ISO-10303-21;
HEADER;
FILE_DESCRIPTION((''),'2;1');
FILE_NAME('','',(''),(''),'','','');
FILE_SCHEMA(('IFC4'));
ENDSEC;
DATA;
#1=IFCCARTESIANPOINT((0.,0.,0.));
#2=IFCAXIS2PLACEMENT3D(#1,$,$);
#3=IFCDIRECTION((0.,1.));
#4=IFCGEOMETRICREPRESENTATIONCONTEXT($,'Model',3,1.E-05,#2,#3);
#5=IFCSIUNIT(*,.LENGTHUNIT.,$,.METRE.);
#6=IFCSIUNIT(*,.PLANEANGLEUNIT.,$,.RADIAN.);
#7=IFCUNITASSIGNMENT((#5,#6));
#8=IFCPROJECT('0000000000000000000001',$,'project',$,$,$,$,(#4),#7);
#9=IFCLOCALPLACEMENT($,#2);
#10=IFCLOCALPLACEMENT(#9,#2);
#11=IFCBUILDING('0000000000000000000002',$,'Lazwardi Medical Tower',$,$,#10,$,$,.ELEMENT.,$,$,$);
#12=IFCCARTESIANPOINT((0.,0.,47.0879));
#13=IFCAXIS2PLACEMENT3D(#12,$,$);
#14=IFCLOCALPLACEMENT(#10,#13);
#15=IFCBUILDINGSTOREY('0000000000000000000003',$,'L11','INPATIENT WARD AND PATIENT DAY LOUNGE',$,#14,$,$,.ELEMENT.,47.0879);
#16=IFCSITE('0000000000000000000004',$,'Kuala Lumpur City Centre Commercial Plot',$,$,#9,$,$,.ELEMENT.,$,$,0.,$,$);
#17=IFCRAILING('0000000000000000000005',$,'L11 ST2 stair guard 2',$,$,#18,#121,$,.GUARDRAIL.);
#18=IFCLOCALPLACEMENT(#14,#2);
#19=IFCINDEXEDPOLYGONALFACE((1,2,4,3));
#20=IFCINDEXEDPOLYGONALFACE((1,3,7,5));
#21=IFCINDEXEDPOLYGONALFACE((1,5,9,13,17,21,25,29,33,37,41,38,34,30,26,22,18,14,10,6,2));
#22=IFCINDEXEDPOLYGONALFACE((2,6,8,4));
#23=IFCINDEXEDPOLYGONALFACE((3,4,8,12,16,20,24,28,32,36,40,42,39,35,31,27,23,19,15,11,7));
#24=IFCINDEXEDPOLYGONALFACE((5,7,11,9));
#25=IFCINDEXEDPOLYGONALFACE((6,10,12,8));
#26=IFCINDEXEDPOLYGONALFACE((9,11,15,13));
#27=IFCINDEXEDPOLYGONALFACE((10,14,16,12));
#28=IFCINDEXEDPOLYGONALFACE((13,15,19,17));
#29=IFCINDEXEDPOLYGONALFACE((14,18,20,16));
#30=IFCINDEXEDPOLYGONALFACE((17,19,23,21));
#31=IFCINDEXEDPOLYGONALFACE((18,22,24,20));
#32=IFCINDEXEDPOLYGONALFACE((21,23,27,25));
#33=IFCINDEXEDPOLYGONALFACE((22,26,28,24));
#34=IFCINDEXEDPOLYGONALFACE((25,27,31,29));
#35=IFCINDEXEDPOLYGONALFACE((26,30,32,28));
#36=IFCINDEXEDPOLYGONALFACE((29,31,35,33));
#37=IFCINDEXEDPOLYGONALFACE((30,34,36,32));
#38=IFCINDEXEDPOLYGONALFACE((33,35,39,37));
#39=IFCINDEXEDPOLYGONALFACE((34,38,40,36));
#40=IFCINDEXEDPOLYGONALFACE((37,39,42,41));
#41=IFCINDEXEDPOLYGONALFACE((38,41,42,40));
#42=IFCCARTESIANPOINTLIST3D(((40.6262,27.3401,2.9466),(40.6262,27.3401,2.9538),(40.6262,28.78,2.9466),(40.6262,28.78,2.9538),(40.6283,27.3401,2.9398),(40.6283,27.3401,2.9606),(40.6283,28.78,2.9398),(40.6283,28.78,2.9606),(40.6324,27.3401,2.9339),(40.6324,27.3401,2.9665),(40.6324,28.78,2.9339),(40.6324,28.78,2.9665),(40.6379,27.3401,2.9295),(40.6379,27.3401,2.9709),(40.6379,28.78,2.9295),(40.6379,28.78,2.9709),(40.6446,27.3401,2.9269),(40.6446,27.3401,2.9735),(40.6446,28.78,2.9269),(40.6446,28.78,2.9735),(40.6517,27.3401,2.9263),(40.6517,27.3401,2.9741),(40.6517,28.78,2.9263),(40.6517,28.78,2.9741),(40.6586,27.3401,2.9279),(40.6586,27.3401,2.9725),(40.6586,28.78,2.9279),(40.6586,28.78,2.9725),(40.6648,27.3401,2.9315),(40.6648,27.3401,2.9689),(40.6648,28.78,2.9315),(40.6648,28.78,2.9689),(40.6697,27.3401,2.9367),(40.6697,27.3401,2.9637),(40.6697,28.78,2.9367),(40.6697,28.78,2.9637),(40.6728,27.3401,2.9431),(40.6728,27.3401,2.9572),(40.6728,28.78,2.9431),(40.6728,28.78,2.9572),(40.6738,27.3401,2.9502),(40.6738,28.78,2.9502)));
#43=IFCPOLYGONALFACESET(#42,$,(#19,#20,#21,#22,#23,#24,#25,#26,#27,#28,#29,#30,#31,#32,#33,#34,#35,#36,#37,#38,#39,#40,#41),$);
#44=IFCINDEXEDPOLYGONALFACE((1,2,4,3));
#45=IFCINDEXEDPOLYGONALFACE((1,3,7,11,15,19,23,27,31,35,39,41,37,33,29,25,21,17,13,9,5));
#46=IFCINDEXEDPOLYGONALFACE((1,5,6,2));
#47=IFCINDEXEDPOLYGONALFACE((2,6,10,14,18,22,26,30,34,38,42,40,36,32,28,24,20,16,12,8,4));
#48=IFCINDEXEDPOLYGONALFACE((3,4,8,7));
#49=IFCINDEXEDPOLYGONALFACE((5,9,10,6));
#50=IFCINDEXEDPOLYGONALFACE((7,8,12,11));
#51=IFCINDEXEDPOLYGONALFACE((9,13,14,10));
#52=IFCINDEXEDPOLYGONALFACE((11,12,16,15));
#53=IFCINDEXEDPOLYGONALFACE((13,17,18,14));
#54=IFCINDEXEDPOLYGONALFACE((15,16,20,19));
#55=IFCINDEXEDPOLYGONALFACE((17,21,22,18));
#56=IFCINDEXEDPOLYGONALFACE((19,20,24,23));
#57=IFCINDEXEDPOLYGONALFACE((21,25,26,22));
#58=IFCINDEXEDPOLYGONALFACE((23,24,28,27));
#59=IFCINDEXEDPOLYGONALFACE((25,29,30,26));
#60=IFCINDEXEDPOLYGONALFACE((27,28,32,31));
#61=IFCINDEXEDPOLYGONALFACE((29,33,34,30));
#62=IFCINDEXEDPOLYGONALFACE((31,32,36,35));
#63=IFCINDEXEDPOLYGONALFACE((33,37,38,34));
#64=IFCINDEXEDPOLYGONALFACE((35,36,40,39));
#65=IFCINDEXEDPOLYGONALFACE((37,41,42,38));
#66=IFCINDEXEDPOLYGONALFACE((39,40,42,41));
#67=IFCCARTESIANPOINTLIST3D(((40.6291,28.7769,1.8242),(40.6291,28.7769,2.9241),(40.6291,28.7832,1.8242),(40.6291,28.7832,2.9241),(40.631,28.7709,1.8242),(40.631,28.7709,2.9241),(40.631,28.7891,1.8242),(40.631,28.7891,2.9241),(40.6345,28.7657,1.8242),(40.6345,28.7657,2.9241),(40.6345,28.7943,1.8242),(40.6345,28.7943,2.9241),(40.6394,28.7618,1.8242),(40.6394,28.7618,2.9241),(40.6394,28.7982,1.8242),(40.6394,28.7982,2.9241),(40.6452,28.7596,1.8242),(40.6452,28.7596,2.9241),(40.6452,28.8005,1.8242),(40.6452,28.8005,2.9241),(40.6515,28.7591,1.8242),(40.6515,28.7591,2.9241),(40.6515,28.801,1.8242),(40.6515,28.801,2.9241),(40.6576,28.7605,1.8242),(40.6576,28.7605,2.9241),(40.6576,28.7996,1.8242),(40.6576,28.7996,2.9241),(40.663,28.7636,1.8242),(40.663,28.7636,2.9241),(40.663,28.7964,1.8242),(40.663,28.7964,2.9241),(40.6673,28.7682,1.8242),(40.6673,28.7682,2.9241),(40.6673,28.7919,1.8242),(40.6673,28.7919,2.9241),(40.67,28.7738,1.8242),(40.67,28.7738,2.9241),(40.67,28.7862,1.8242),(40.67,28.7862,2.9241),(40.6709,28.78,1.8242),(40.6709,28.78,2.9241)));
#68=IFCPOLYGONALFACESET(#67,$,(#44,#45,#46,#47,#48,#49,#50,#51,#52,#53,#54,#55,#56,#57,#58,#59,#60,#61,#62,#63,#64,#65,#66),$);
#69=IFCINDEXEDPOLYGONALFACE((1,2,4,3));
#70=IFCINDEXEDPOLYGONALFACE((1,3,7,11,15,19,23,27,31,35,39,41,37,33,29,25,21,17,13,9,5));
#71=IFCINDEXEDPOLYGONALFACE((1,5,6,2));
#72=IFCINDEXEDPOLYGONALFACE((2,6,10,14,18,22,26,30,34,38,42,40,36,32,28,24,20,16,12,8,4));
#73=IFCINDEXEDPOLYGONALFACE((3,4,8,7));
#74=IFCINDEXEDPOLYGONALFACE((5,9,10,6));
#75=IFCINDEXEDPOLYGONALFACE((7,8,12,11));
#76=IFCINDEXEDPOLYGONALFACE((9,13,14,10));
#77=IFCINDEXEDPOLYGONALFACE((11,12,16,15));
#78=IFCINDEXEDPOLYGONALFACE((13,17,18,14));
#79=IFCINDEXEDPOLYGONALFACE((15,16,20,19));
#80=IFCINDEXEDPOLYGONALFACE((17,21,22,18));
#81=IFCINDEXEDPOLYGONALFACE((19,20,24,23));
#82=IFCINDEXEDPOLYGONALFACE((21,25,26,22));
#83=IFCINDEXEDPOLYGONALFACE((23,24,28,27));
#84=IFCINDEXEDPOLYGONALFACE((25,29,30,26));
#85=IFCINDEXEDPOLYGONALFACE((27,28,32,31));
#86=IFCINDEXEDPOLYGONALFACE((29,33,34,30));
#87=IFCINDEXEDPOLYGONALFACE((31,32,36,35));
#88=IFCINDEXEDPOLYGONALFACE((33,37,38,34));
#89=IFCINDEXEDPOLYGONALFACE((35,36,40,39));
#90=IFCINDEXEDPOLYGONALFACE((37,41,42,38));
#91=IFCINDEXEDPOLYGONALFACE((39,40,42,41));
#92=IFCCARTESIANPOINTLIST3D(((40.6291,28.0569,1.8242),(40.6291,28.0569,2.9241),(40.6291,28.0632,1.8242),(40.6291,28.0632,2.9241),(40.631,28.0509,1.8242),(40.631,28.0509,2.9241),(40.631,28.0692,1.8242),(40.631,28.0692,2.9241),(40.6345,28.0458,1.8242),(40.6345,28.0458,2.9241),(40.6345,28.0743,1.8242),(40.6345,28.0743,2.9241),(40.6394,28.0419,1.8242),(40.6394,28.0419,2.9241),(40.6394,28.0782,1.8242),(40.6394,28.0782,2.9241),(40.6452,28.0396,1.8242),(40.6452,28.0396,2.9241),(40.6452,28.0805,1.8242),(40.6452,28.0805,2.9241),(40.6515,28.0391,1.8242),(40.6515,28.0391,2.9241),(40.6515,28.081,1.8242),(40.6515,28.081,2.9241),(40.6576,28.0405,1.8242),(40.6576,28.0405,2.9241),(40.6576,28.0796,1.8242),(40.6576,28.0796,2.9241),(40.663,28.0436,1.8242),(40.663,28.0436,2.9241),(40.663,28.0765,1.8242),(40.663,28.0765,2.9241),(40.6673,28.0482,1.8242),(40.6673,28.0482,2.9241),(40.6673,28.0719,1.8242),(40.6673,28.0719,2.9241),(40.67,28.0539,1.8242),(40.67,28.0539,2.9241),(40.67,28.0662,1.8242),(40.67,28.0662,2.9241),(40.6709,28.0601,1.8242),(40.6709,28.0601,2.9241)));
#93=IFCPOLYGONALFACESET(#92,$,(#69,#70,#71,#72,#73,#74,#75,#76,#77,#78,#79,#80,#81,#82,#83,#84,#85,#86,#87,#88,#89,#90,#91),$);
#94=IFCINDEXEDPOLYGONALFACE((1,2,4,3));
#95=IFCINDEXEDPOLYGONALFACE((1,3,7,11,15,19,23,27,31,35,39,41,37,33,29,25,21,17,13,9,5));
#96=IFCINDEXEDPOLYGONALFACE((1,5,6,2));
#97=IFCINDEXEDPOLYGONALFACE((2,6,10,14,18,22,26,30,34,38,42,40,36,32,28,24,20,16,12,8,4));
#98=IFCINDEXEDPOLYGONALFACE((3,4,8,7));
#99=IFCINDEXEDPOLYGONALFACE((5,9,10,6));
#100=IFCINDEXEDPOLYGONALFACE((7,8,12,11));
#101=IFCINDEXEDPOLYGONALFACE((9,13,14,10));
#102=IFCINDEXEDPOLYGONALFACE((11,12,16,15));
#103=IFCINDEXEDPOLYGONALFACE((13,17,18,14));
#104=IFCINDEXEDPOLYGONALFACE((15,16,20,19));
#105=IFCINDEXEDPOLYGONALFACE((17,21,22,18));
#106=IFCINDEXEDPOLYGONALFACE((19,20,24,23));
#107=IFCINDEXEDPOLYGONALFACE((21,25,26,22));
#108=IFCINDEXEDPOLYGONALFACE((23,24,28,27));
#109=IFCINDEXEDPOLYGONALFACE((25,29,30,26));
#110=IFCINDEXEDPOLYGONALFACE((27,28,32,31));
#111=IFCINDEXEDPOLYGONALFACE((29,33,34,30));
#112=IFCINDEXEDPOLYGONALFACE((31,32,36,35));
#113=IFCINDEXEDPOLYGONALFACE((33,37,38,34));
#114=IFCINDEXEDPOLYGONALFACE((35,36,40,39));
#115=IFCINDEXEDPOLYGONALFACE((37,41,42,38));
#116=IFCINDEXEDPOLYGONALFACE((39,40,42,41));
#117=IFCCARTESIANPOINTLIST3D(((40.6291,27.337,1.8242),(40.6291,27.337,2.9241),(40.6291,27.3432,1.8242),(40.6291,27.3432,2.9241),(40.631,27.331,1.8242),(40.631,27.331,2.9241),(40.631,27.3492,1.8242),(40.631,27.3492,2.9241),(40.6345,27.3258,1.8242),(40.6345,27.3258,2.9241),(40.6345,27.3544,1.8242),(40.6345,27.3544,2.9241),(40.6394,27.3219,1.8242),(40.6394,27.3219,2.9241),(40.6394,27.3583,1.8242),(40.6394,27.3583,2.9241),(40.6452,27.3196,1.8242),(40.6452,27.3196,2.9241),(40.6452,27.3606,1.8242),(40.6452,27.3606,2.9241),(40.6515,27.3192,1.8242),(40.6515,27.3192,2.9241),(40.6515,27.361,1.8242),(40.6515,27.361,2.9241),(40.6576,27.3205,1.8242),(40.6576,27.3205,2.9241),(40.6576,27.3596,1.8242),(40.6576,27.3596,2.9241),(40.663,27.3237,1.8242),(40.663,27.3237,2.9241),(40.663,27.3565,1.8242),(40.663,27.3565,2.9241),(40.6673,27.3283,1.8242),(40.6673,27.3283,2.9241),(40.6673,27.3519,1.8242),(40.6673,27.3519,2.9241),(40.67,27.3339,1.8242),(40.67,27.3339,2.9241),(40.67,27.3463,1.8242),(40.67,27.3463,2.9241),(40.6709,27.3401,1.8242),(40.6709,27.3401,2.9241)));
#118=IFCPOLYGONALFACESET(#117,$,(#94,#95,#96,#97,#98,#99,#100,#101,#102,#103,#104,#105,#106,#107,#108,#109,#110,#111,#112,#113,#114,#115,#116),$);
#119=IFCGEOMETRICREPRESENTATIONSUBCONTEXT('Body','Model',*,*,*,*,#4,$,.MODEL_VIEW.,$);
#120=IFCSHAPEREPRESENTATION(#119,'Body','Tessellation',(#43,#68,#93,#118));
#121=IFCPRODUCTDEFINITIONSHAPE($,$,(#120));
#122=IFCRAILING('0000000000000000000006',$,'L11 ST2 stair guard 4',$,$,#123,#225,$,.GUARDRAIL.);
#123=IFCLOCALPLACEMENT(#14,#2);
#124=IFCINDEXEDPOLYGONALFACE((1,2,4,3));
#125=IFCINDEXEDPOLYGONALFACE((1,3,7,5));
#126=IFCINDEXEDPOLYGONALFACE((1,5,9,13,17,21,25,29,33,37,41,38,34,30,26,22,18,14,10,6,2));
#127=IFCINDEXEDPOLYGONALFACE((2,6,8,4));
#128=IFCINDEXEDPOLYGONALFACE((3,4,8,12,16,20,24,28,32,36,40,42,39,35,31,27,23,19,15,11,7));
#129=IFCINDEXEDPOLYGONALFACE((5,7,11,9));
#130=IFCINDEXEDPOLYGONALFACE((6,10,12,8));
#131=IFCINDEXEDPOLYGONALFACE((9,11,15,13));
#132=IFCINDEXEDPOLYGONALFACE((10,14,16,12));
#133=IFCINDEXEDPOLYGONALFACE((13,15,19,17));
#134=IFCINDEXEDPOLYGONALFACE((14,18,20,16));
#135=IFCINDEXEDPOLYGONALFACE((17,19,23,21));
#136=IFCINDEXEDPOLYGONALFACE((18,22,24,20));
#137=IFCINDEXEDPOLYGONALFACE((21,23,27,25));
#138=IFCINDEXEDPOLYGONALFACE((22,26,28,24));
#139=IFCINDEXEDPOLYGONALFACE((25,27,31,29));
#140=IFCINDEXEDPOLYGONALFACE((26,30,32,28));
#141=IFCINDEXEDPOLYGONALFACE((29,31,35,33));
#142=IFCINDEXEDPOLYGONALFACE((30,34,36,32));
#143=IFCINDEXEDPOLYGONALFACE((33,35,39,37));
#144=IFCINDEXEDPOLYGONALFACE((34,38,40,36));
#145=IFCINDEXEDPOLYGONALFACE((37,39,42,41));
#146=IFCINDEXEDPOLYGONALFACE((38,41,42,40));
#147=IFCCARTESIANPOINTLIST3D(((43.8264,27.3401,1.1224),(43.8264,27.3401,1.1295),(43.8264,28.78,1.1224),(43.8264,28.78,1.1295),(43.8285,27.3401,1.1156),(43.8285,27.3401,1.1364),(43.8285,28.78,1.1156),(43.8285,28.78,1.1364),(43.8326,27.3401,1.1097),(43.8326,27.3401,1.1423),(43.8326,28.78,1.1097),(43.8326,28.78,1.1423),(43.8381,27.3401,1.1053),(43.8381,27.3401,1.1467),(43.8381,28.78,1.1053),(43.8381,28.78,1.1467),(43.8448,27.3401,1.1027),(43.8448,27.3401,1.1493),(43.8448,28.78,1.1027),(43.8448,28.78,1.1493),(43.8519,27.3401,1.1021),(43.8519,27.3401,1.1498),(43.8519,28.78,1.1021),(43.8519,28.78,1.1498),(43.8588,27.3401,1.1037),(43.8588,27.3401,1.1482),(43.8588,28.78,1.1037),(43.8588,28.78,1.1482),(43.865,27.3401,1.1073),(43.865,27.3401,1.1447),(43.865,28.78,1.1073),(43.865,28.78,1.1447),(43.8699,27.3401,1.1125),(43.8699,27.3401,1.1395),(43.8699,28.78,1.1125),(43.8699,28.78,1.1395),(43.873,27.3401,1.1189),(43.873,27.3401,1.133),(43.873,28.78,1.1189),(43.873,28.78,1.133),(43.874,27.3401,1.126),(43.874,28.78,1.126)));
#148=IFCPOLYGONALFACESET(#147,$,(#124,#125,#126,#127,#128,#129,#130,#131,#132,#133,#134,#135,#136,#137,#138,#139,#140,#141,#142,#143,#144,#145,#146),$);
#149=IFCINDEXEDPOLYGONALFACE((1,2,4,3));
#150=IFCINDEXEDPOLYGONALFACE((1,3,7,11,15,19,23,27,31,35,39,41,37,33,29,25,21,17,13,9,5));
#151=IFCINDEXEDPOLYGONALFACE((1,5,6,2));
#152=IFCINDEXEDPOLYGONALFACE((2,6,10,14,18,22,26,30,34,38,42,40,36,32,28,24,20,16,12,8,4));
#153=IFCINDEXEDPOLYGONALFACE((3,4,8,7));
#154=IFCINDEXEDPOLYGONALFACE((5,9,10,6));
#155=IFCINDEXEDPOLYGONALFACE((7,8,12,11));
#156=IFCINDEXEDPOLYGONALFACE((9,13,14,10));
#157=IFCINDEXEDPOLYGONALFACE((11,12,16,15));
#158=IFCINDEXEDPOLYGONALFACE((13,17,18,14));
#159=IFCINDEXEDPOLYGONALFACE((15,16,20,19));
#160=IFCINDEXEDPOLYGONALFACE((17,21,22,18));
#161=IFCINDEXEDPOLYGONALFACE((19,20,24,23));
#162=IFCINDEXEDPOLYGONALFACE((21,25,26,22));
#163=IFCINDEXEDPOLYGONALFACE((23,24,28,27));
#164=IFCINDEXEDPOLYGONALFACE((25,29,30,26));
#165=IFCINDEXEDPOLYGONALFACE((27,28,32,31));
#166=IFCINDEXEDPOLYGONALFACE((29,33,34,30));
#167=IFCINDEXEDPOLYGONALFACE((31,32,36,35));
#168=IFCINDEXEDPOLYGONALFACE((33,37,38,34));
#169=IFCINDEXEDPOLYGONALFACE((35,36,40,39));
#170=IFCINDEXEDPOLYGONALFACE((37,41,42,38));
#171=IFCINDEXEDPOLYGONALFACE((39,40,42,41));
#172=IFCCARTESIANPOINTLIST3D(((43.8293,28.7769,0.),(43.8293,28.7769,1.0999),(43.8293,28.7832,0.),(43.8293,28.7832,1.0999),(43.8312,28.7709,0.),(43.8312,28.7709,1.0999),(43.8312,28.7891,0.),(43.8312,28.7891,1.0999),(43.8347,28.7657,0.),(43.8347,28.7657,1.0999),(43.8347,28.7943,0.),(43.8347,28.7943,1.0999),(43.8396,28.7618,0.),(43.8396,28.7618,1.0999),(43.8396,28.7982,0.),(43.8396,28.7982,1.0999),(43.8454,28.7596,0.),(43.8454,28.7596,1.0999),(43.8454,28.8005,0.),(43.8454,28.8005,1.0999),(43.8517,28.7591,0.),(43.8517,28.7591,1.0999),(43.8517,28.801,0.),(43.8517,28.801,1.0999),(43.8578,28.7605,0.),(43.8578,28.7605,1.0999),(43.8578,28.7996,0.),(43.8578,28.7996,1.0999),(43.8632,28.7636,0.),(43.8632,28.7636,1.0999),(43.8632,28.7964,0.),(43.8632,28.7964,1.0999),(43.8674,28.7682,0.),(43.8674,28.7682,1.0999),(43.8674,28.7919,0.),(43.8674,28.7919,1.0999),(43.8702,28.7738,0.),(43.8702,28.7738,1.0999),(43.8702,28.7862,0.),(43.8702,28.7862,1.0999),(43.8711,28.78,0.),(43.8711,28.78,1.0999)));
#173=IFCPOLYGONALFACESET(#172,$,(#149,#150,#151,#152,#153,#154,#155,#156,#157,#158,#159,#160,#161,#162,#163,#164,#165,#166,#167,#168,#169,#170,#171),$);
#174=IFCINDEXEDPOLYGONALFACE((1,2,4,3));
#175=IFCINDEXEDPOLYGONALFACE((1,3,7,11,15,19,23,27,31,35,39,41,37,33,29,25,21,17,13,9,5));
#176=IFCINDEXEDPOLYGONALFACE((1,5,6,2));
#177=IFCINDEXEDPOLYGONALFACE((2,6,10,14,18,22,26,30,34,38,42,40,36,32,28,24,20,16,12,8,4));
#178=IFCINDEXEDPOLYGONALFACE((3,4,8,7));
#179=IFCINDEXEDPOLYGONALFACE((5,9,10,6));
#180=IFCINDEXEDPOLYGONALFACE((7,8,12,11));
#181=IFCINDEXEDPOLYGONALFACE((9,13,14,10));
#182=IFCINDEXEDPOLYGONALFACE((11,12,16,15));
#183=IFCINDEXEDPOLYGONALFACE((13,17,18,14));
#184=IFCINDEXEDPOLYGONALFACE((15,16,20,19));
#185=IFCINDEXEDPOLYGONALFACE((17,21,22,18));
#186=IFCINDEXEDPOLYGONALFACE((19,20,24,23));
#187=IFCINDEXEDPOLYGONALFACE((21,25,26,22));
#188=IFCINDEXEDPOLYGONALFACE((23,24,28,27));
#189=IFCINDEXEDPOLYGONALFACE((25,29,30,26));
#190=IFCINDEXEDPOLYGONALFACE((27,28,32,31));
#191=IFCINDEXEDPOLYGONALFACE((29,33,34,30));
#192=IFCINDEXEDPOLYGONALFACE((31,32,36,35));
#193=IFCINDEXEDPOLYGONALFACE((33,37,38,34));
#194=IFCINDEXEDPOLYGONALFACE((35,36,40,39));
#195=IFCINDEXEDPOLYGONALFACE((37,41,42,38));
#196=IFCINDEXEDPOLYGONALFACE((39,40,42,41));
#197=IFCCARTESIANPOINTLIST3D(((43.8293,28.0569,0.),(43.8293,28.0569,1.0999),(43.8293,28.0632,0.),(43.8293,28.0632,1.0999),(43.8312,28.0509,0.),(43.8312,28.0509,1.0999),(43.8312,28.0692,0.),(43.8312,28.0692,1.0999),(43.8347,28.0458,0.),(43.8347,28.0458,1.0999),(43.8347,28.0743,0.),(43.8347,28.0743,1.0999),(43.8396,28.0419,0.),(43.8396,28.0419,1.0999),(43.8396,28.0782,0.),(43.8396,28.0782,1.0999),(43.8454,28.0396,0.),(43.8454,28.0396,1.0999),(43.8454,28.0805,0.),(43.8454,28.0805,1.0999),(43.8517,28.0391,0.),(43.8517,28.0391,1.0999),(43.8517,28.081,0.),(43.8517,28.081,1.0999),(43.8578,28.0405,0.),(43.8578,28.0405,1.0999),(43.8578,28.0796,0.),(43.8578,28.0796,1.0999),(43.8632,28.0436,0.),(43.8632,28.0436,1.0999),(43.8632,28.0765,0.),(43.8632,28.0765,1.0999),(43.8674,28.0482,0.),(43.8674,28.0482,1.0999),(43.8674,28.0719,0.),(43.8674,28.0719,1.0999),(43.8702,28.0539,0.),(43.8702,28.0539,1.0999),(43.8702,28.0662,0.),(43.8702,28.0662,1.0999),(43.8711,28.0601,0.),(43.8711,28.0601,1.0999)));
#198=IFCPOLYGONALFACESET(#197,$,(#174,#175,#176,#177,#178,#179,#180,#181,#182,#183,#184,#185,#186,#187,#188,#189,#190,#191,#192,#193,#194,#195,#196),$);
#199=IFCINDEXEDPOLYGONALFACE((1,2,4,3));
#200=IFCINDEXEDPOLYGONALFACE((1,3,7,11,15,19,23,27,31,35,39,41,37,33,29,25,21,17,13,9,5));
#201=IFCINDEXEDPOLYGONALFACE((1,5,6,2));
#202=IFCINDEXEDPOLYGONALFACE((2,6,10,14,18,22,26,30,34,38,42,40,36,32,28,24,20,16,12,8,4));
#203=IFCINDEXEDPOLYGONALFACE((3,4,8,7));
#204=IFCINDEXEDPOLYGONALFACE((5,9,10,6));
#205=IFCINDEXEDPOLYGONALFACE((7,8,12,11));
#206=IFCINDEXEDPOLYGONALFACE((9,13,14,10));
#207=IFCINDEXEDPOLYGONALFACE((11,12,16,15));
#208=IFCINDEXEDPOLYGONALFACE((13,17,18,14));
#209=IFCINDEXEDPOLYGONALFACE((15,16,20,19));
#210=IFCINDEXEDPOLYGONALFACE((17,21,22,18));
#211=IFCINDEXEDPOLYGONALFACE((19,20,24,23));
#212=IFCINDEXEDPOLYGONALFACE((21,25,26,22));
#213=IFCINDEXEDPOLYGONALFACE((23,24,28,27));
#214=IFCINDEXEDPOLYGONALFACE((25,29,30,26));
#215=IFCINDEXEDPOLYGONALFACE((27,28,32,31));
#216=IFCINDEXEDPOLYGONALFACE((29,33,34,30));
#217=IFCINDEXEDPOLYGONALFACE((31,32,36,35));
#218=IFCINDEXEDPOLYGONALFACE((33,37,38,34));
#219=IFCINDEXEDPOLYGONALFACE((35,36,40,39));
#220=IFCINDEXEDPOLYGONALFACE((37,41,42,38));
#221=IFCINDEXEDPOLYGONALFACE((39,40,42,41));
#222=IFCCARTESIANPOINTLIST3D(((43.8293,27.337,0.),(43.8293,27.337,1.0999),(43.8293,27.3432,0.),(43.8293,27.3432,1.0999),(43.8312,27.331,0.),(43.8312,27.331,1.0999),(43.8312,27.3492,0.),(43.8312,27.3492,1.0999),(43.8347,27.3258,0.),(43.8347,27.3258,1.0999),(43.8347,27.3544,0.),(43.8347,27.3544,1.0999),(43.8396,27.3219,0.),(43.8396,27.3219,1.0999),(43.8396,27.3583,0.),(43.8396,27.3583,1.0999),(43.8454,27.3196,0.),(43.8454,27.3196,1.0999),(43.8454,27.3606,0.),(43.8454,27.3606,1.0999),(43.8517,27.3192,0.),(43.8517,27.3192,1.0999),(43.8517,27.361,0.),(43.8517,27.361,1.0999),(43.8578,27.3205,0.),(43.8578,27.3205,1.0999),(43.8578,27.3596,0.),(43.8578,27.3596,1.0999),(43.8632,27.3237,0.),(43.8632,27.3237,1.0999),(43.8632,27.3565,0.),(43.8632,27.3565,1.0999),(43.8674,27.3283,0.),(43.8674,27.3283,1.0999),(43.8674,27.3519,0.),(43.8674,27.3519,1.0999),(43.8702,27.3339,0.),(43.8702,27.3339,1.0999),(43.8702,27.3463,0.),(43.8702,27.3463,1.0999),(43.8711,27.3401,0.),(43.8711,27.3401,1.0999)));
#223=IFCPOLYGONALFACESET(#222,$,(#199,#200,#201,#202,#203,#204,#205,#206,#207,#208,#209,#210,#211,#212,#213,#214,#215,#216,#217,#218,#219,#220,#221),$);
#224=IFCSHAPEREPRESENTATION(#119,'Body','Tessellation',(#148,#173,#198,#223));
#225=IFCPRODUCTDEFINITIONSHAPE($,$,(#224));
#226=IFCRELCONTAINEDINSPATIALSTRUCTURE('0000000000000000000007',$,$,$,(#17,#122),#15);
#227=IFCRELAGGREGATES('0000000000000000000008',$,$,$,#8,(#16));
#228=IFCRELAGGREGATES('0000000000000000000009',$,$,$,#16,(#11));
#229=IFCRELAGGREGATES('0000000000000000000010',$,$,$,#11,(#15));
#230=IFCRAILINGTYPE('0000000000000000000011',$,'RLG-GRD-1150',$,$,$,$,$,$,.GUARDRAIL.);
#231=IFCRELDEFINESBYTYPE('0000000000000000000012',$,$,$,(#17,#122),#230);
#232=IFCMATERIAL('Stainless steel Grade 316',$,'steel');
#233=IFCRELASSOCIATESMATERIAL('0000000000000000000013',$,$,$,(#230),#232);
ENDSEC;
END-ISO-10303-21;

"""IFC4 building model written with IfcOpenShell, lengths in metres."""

from ifc_helpers import new_model, si_unit, direction, frame, origin, origin_2d, place, context, subcontext, project, spatial, circle, extrude, material, type_object, element, save


model = new_model("IFC4")

# Units and contexts
model_context = context("Model", 3, precision=1e-05, world=origin(), true_north=direction((0.0, 1.0)))
body_context = subcontext(model_context, "Body", "Model", "MODEL_VIEW")
ifc_project = project(units=[si_unit("LENGTHUNIT", "METRE"), si_unit("PLANEANGLEUNIT", "RADIAN")], contexts=[model_context])

# Site, building, storey
site_placement = place(None, origin())
site = spatial("IfcSite", under=ifc_project, at=site_placement, Name="Kuala Lumpur City Centre Commercial Plot", CompositionType="ELEMENT", RefElevation=0.0)
building_placement = place(site_placement, origin())
building = spatial("IfcBuilding", under=site, at=building_placement, Name="Lazwardi Medical Tower", CompositionType="ELEMENT")
storey_placement = place(building_placement, frame((0.0, 0.0, 47.0879)))
storey = spatial("IfcBuildingStorey", under=building, at=storey_placement, Name="L11", Description="INPATIENT WARD AND PATIENT DAY LOUNGE", CompositionType="ELEMENT", Elevation=47.0879)

# Railings
ifc_material_1 = material(Name="Stainless steel Grade 316", Category="steel")
railing_type_1 = type_object("IfcRailingType", Name="RLG-GRD-1150", PredefinedType="GUARDRAIL", material=ifc_material_1)
for number, where, name in (
    (1, (40.6499, 28.78, 1.8242), "L11 ST2 stair guard 2"),
    (2, (43.8501, 28.78, 0.0), "L11 ST2 stair guard 4"),
):
    element("IfcRailing", number, at=place(storey_placement, frame(where)), inside=storey, type_object=railing_type_1, Name=name, PredefinedType="GUARDRAIL", context=body_context, shape_type="SweptSolid", body=[
        extrude(circle(Radius=0.0239, at=origin_2d()), frame((0.0, 0.0, 1.126), z_axis=(0.0, -1.0, 0.0), x_axis=(1.0, 0.0, 0.0)), (0.0, 0.0, 1.0), 1.4399),
        extrude(circle(Radius=0.021, at=origin_2d()), origin(), (0.0, 0.0, 1.0), 1.0999),
        extrude(circle(Radius=0.021, at=origin_2d()), frame((0.0, -0.72, 0.0)), (0.0, 0.0, 1.0), 1.0999),
        extrude(circle(Radius=0.021, at=origin_2d()), frame((0.0, -1.4399, 0.0)), (0.0, 0.0, 1.0), 1.0999),
    ])

save(model, "model.ifc")
